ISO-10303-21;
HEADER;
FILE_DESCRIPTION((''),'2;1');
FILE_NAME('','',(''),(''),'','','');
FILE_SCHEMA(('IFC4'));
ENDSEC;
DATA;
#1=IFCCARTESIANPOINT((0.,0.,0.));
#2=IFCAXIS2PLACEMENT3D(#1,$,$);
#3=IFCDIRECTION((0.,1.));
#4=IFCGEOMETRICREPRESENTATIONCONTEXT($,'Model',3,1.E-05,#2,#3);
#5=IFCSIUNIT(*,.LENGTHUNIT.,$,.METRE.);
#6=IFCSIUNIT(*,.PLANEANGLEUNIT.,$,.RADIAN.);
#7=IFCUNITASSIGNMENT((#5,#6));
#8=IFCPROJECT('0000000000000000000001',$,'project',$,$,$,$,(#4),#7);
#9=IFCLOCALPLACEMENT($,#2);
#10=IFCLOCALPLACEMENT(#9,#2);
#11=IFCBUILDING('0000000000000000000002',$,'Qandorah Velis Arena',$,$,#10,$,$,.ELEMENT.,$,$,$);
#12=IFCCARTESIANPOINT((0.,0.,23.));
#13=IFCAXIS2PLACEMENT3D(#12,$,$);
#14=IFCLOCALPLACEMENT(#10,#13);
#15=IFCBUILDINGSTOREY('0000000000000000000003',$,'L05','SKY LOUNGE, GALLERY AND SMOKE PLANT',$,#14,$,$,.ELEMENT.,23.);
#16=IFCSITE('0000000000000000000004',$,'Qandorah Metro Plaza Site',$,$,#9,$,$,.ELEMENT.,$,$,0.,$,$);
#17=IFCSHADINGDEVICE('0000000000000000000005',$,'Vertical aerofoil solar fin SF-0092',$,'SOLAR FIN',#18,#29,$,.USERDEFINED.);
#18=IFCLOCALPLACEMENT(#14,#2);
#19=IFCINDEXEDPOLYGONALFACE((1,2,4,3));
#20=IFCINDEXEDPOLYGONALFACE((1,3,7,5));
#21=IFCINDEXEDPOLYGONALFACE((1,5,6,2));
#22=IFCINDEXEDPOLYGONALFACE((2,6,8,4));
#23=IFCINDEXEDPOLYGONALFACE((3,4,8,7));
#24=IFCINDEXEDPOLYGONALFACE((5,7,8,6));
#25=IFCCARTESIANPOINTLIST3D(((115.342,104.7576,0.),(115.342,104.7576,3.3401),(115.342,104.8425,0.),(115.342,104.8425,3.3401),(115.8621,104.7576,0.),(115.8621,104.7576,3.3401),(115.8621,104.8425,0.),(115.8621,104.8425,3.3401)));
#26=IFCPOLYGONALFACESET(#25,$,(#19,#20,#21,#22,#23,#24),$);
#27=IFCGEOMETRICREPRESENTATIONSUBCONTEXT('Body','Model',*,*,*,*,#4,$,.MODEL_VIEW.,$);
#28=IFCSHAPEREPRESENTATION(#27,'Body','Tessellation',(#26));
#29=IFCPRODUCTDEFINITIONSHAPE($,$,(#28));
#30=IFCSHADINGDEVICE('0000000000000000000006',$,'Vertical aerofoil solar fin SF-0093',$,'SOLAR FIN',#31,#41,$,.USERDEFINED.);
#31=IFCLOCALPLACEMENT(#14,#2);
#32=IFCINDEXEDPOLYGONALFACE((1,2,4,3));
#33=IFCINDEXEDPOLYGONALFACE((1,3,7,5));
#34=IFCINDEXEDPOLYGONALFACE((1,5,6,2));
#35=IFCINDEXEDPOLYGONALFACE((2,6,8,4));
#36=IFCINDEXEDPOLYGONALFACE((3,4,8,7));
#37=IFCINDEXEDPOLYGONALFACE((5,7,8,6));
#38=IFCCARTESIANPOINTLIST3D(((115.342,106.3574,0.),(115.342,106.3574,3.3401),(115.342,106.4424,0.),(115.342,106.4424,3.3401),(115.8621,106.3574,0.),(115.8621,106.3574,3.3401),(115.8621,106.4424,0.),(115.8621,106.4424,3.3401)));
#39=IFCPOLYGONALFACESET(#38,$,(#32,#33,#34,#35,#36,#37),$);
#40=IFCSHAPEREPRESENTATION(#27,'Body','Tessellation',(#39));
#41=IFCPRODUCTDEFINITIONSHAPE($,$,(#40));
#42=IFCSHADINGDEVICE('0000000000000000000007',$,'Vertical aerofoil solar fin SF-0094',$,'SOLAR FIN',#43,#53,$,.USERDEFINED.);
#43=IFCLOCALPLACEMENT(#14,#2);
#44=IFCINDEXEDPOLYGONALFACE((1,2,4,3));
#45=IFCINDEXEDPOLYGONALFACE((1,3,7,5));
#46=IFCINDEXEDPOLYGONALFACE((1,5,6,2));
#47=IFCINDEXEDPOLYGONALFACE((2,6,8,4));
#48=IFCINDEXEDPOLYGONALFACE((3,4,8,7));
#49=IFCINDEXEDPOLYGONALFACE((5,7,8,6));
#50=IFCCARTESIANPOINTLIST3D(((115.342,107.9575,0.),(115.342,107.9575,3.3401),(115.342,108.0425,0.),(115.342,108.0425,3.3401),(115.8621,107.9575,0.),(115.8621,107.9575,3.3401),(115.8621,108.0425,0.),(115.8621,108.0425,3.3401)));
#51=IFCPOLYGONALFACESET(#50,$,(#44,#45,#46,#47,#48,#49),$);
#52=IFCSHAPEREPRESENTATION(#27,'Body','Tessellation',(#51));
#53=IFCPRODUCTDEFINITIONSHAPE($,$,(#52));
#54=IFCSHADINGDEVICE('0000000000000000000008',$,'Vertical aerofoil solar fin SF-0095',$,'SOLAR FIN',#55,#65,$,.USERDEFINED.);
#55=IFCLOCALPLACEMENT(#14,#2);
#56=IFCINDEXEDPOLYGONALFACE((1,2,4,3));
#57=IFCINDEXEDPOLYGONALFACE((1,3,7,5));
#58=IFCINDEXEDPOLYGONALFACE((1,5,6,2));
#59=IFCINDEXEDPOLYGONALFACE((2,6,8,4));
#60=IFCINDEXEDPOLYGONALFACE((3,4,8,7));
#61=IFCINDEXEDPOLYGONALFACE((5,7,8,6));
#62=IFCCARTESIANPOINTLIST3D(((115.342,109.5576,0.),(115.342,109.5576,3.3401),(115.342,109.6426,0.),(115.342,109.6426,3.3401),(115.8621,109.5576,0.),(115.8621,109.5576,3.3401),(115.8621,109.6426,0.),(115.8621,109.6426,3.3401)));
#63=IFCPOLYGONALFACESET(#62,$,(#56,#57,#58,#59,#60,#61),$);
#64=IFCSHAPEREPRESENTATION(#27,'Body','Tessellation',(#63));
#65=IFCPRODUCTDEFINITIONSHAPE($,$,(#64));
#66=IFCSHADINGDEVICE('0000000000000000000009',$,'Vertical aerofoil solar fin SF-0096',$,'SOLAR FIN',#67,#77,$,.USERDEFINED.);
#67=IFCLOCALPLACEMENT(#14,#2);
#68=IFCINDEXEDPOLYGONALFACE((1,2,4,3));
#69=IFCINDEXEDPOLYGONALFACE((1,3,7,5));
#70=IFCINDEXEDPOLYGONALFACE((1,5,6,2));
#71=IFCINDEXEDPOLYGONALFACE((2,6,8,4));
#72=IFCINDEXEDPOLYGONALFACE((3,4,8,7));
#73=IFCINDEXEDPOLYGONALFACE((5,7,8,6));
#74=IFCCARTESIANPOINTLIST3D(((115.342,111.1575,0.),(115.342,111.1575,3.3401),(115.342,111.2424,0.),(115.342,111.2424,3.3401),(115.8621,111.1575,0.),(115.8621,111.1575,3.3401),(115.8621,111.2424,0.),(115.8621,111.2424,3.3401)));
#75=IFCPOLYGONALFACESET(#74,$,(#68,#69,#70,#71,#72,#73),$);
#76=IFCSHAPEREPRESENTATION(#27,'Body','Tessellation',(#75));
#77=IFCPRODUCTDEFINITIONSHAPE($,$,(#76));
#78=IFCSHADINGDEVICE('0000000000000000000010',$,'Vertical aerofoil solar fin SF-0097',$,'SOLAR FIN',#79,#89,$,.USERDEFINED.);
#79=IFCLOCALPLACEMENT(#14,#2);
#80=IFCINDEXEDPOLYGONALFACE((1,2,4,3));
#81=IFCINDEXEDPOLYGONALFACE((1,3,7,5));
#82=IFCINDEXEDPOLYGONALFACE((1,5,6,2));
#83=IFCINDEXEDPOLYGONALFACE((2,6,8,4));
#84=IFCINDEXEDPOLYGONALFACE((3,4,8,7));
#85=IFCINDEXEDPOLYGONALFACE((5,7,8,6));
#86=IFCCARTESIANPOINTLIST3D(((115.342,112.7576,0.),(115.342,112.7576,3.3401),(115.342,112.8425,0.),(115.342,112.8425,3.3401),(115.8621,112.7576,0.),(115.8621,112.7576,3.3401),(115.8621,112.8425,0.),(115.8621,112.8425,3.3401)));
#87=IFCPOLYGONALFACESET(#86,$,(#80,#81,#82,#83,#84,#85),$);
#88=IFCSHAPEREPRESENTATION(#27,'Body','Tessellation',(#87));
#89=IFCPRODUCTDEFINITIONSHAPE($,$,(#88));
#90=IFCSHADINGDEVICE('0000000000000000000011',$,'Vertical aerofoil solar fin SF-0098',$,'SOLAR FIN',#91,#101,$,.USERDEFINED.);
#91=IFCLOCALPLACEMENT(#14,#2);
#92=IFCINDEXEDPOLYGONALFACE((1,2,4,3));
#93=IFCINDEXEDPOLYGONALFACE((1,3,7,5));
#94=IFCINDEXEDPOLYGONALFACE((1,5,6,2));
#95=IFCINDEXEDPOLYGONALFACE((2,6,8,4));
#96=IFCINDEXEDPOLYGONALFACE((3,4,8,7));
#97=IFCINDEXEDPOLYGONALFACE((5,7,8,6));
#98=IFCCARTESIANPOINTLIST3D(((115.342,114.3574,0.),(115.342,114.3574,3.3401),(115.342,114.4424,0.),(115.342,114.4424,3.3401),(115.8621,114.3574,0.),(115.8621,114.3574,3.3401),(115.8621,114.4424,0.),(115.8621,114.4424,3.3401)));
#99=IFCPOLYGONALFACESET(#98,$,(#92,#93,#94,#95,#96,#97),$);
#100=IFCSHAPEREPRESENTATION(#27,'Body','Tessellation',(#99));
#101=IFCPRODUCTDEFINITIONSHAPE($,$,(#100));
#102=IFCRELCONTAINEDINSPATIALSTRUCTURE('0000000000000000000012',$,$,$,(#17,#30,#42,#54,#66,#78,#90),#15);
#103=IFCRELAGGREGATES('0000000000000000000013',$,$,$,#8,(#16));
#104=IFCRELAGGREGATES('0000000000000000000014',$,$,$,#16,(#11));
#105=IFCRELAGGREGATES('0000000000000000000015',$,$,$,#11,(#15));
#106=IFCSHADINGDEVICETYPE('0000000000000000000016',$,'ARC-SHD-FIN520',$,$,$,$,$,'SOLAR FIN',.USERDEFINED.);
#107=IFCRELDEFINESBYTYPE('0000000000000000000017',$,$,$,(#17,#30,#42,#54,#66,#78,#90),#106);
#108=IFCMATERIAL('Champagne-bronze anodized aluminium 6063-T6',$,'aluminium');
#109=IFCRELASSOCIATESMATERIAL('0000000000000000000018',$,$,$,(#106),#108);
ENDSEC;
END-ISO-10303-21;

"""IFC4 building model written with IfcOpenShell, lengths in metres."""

from ifc_helpers import new_model, si_unit, direction, frame, origin, origin_2d, place, context, subcontext, project, spatial, rectangle, extrude, material, type_object, element, save


model = new_model("IFC4")

# Units and contexts
model_context = context("Model", 3, precision=1e-05, world=origin(), true_north=direction((0.0, 1.0)))
body_context = subcontext(model_context, "Body", "Model", "MODEL_VIEW")
ifc_project = project(units=[si_unit("LENGTHUNIT", "METRE"), si_unit("PLANEANGLEUNIT", "RADIAN")], contexts=[model_context])

# Site, building, storey
site_placement = place(None, origin())
site = spatial("IfcSite", under=ifc_project, at=site_placement, Name="Qandorah Metro Plaza Site", CompositionType="ELEMENT", RefElevation=0.0)
building_placement = place(site_placement, origin())
building = spatial("IfcBuilding", under=site, at=building_placement, Name="Qandorah Velis Arena", CompositionType="ELEMENT")
storey_placement = place(building_placement, frame((0.0, 0.0, 23.0)))
storey = spatial("IfcBuildingStorey", under=building, at=storey_placement, Name="L05", Description="SKY LOUNGE, GALLERY AND SMOKE PLANT", CompositionType="ELEMENT", Elevation=23.0)

# Shared definitions
ifc_material = material(Name="Champagne-bronze anodized aluminium 6063-T6", Category="aluminium")

# Shading devices
shading_device_type = type_object("IfcShadingDeviceType", Name="ARC-SHD-FIN520", ElementType="SOLAR FIN", PredefinedType="USERDEFINED", material=ifc_material)
for number, where, z_axis, x_axis, name in (
    (1, (115.6021, 104.8, 0.0), (0.0, 0.0, 1.0), (1.0, 0.0, 0.0), "Vertical aerofoil solar fin SF-0092"),
    (2, (115.6021, 106.3999, 0.0), (0.0, 0.0, 1.0), (1.0, 0.0, 0.0), "Vertical aerofoil solar fin SF-0093"),
    (3, (115.6021, 108.0, 0.0), (0.0, 0.0, 1.0), (1.0, 0.0, 0.0), "Vertical aerofoil solar fin SF-0094"),
    (4, (115.6021, 109.6001, 0.0), (0.0, 0.0, 1.0), (1.0, 0.0, 0.0), "Vertical aerofoil solar fin SF-0095"),
    (5, (115.6021, 111.2, 0.0), (0.0, 0.0, 1.0), (1.0, 0.0, 0.0), "Vertical aerofoil solar fin SF-0096"),
    (6, (115.6021, 112.8, 0.0), (0.0, 0.0, 1.0), (1.0, 0.0, 0.0), "Vertical aerofoil solar fin SF-0097"),
    (7, (115.6021, 114.3999, 0.0), (0.0, 0.0, 1.0), (1.0, 0.0, 0.0), "Vertical aerofoil solar fin SF-0098"),
):
    element("IfcShadingDevice", number, at=place(storey_placement, frame(where, z_axis=z_axis, x_axis=x_axis)), inside=storey, type_object=shading_device_type, Name=name, ObjectType="SOLAR FIN", PredefinedType="USERDEFINED", context=body_context, shape_type="SweptSolid", body=[
        extrude(rectangle(XDim=0.52, YDim=0.085, at=origin_2d()), origin(), (0.0, 0.0, 1.0), 3.3401),
    ])

save(model, "model.ifc")
